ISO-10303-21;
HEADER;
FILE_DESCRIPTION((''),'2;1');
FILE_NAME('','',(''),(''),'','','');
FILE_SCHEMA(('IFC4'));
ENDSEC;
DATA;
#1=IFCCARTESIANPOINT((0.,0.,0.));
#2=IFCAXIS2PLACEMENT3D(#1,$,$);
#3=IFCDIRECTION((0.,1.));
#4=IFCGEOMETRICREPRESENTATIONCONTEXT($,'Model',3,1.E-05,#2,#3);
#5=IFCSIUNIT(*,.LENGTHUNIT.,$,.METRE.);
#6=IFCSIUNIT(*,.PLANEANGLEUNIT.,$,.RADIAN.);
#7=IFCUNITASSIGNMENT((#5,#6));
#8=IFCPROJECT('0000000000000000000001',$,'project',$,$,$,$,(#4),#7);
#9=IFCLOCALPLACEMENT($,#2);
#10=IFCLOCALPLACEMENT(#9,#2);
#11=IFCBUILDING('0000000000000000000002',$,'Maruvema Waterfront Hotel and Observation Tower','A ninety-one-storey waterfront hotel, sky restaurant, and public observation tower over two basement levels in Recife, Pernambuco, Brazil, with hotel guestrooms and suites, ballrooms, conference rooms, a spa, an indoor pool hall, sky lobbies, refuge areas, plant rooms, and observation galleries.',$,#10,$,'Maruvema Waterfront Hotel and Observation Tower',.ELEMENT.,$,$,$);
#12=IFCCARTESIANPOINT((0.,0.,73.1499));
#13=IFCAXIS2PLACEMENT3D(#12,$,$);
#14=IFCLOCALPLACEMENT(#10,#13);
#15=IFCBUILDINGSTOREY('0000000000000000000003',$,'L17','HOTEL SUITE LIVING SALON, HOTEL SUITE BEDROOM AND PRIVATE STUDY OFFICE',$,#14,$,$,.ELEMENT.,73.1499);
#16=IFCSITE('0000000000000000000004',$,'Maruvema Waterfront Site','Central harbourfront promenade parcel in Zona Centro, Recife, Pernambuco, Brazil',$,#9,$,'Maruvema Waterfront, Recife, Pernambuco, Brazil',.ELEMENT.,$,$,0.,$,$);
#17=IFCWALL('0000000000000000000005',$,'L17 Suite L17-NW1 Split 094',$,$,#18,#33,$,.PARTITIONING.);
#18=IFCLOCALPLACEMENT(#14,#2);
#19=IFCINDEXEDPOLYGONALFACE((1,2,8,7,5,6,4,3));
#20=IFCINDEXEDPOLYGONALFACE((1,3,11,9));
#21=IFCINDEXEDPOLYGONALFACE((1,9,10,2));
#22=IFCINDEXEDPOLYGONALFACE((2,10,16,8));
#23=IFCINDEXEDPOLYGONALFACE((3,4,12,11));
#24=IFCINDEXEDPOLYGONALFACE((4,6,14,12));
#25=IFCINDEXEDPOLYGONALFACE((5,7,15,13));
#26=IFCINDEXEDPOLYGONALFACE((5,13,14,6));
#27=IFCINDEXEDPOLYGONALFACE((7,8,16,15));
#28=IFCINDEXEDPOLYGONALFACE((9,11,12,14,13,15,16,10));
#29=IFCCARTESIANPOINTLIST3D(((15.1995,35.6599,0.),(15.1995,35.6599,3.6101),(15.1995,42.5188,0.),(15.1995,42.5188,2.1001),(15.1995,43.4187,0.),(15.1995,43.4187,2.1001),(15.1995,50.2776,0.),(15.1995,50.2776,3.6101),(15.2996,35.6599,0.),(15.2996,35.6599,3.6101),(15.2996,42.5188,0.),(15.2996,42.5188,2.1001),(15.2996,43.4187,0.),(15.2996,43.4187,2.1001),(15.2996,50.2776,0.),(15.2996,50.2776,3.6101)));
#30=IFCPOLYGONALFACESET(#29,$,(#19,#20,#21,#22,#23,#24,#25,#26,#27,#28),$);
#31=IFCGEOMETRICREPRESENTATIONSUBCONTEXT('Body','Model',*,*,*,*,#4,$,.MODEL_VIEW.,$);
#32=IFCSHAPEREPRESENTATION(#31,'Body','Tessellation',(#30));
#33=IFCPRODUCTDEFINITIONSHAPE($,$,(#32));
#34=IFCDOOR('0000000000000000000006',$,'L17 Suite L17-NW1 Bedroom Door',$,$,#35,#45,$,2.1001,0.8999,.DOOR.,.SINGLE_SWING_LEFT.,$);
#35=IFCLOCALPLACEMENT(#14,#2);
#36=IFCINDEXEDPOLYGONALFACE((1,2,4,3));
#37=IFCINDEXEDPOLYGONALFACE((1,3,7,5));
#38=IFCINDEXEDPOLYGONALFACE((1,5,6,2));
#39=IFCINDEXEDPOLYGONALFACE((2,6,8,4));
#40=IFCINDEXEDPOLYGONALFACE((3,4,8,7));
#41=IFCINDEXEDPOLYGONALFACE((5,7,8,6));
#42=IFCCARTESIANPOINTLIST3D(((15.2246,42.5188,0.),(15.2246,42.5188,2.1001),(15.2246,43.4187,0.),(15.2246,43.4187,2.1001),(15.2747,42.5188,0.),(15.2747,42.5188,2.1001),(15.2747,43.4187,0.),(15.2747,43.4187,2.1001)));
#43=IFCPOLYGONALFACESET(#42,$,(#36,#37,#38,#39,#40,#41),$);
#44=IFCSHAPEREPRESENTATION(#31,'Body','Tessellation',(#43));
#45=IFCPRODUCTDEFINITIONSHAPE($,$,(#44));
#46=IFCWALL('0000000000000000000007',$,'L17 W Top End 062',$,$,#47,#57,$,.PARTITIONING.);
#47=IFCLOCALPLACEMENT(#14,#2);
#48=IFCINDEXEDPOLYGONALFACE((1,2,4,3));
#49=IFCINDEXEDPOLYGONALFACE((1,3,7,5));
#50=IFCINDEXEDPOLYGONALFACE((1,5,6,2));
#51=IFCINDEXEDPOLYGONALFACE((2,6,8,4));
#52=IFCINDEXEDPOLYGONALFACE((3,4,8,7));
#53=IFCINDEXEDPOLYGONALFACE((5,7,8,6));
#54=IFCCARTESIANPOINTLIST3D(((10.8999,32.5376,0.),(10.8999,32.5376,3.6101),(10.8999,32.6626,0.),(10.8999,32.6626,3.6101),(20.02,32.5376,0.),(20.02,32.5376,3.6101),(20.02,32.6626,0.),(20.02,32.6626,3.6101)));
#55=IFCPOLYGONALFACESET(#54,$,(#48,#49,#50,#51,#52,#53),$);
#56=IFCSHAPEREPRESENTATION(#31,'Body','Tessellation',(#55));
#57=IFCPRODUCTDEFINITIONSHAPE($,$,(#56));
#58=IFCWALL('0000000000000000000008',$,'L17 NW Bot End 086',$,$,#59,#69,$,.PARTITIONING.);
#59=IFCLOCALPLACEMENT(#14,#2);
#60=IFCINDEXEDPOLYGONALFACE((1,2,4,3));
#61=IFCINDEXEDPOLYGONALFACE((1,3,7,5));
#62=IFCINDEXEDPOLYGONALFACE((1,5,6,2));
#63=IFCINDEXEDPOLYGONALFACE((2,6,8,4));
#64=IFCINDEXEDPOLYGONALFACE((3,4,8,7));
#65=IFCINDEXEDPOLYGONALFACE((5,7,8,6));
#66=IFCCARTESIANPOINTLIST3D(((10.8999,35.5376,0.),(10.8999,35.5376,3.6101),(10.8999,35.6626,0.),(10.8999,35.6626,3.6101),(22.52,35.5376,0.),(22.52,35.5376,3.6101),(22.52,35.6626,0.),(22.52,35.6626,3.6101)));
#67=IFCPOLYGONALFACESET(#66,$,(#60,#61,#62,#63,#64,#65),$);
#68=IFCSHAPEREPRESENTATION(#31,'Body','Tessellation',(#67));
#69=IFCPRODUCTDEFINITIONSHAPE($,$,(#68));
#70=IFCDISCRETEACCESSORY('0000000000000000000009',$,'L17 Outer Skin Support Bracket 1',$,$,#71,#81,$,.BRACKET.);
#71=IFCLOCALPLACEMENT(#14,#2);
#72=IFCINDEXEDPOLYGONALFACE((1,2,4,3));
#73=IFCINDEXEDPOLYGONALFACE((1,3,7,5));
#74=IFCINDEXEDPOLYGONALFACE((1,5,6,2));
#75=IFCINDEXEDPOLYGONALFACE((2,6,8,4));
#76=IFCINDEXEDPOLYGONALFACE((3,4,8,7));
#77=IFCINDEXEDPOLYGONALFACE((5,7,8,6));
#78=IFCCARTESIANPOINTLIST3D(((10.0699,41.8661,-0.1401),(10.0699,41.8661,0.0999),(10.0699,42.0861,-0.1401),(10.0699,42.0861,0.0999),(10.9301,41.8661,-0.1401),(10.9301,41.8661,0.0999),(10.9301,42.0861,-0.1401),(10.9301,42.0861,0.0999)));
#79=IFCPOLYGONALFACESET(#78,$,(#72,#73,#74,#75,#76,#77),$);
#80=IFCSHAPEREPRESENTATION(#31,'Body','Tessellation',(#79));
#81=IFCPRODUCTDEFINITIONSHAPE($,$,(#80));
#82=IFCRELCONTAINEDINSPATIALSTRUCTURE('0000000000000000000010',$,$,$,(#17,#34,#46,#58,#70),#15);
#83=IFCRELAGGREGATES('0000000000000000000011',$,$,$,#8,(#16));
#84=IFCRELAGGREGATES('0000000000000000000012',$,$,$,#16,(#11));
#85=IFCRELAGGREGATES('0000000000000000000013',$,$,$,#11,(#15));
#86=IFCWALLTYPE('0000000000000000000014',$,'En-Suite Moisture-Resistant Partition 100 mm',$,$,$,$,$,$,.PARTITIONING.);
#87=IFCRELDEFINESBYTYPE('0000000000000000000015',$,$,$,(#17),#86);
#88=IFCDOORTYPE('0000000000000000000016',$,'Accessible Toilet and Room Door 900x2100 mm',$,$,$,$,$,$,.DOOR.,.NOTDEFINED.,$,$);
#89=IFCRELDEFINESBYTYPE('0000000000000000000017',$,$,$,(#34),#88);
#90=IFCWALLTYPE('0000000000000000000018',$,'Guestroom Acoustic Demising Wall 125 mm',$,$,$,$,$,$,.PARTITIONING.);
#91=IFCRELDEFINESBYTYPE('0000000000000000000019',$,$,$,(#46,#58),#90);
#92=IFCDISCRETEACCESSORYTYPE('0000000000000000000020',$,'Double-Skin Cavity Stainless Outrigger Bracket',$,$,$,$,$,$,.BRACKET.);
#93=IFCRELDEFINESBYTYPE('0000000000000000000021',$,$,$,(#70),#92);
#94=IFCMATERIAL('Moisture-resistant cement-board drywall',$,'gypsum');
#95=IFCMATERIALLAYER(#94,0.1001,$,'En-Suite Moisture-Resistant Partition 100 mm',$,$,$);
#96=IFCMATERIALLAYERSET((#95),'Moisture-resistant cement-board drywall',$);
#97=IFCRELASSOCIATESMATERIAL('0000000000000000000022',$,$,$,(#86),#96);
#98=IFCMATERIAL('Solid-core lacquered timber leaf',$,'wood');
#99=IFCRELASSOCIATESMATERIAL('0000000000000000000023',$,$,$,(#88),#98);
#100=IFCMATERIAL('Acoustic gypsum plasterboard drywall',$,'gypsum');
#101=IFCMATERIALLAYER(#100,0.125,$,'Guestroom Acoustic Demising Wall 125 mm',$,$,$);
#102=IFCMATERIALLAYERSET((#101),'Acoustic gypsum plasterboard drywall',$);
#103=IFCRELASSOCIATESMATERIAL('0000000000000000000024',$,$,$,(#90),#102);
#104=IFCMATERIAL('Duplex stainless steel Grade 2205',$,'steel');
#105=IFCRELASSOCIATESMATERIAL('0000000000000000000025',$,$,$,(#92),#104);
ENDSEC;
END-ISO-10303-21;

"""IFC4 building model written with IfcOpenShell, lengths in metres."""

from ifc_helpers import new_model, si_unit, direction, frame, frame_2d, origin, origin_2d, place, context, subcontext, project, spatial, rectangle, extrude, material, layer, layer_set, type_object, element, fill, save


model = new_model("IFC4")

# Units and contexts
model_context = context("Model", 3, precision=1e-05, world=origin(), true_north=direction((0.0, 1.0)))
body_context = subcontext(model_context, "Body", "Model", "MODEL_VIEW")
ifc_project = project(units=[si_unit("LENGTHUNIT", "METRE"), si_unit("PLANEANGLEUNIT", "RADIAN")], contexts=[model_context])

# Site, building, storey
site_placement = place(None, origin())
site = spatial("IfcSite", under=ifc_project, at=site_placement, Name="Maruvema Waterfront Site", Description="Central harbourfront promenade parcel in Zona Centro, Recife, Pernambuco, Brazil", LongName="Maruvema Waterfront, Recife, Pernambuco, Brazil", CompositionType="ELEMENT", RefElevation=0.0)
building_placement = place(site_placement, origin())
building = spatial("IfcBuilding", under=site, at=building_placement, Name="Maruvema Waterfront Hotel and Observation Tower", Description="A ninety-one-storey waterfront hotel, sky restaurant, and public observation tower over two basement levels in Recife, Pernambuco, Brazil, with hotel guestrooms and suites, ballrooms, conference rooms, a spa, an indoor pool hall, sky lobbies, refuge areas, plant rooms, and observation galleries.", LongName="Maruvema Waterfront Hotel and Observation Tower", CompositionType="ELEMENT")
storey_placement = place(building_placement, frame((0.0, 0.0, 73.1499)))
storey = spatial("IfcBuildingStorey", under=building, at=storey_placement, Name="L17", Description="HOTEL SUITE LIVING SALON, HOTEL SUITE BEDROOM AND PRIVATE STUDY OFFICE", CompositionType="ELEMENT", Elevation=73.1499)

# Shared definitions
ifc_material_1 = material(Name="Moisture-resistant cement-board drywall", Category="gypsum")
ifc_layer_1 = layer(ifc_material_1, 0.1001, Name="En-Suite Moisture-Resistant Partition 100 mm")
ifc_layer_set_1 = layer_set([ifc_layer_1], Name="Moisture-resistant cement-board drywall")
wall_type_1 = type_object("IfcWallType", Name="En-Suite Moisture-Resistant Partition 100 mm", PredefinedType="PARTITIONING", material=ifc_layer_set_1)

# Wall, opening, door
wall_1_placement = place(storey_placement, frame((15.2495, 35.6599, 0.0), z_axis=(0.0, 0.0, 1.0), x_axis=(0.0, 1.0, 0.0)))
wall_1 = element("IfcWall", 1, at=wall_1_placement, inside=storey, type_object=wall_type_1, Name="L17 Suite L17-NW1 Split 094", PredefinedType="PARTITIONING", context=body_context, shape_type="SweptSolid", body=[
    extrude(rectangle(XDim=14.6177, YDim=0.1001, at=frame_2d((7.3088, 0.0))), origin(), (0.0, 0.0, 1.0), 3.6101),
])
opening_1_placement = place(wall_1_placement, frame((6.8589, 0.0, 0.0)))
opening_1 = element("IfcOpeningElement", 2, at=opening_1_placement, cuts=wall_1, PredefinedType="OPENING", context=body_context, shape_type="SweptSolid", body=[
    extrude(rectangle(XDim=0.8999, YDim=2.1001, at=frame_2d((0.45, 1.05))), frame((0.0, 0.0601, 0.0), z_axis=(0.0, -1.0, 0.0), x_axis=(1.0, 0.0, 0.0)), (0.0, 0.0, 1.0), 0.1201),
])
ifc_material_2 = material(Name="Solid-core lacquered timber leaf", Category="wood")
door_type_1 = type_object("IfcDoorType", Name="Accessible Toilet and Room Door 900x2100 mm", OperationType="NOTDEFINED", PredefinedType="DOOR", material=ifc_material_2)
door_1_placement = place(opening_1_placement, origin())
door_1 = element("IfcDoor", 3, at=door_1_placement, inside=storey, type_object=door_type_1, Name="L17 Suite L17-NW1 Bedroom Door", OperationType="SINGLE_SWING_LEFT", OverallHeight=2.1001, OverallWidth=0.8999, PredefinedType="DOOR", context=body_context, shape_type="SweptSolid", body=[
    extrude(rectangle(XDim=0.8999, YDim=2.1001, at=frame_2d((0.45, 1.05))), frame((0.0, 0.0249, 0.0), z_axis=(0.0, -1.0, 0.0), x_axis=(1.0, 0.0, 0.0)), (0.0, 0.0, 1.0), 0.05),
])
fill(opening_1, door_1)

# Walls
ifc_material_3 = material(Name="Acoustic gypsum plasterboard drywall", Category="gypsum")
ifc_layer_2 = layer(ifc_material_3, 0.125, Name="Guestroom Acoustic Demising Wall 125 mm")
ifc_layer_set_2 = layer_set([ifc_layer_2], Name="Acoustic gypsum plasterboard drywall")
wall_type_2 = type_object("IfcWallType", Name="Guestroom Acoustic Demising Wall 125 mm", PredefinedType="PARTITIONING", material=ifc_layer_set_2)
wall_2_placement = place(storey_placement, frame((10.8999, 32.6001, 0.0), z_axis=(0.0, 0.0, 1.0), x_axis=(1.0, 0.0, 0.0)))
element("IfcWall", 4, at=wall_2_placement, inside=storey, type_object=wall_type_2, Name="L17 W Top End 062", PredefinedType="PARTITIONING", context=body_context, shape_type="SweptSolid", body=[
    extrude(rectangle(XDim=9.1201, YDim=0.125, at=frame_2d((4.5601, 0.0))), origin(), (0.0, 0.0, 1.0), 3.6101),
])
wall_3_placement = place(storey_placement, frame((10.8999, 35.6001, 0.0), z_axis=(0.0, 0.0, 1.0), x_axis=(1.0, 0.0, 0.0)))
element("IfcWall", 5, at=wall_3_placement, inside=storey, type_object=wall_type_2, Name="L17 NW Bot End 086", PredefinedType="PARTITIONING", context=body_context, shape_type="SweptSolid", body=[
    extrude(rectangle(XDim=11.6201, YDim=0.125, at=frame_2d((5.8101, 0.0))), origin(), (0.0, 0.0, 1.0), 3.6101),
])

# Discrete accessory
ifc_material_4 = material(Name="Duplex stainless steel Grade 2205", Category="steel")
discrete_accessory_type = type_object("IfcDiscreteAccessoryType", Name="Double-Skin Cavity Stainless Outrigger Bracket", PredefinedType="BRACKET", material=ifc_material_4)
discrete_accessory_placement = place(storey_placement, frame((10.5, 41.9761, -0.1401), z_axis=(0.0, 0.0, 1.0), x_axis=(0.0, -1.0, 0.0)))
element("IfcDiscreteAccessory", 6, at=discrete_accessory_placement, inside=storey, type_object=discrete_accessory_type, Name="L17 Outer Skin Support Bracket 1", PredefinedType="BRACKET", context=body_context, shape_type="SweptSolid", body=[
    extrude(rectangle(XDim=0.22, YDim=0.8601, at=origin_2d()), origin(), (0.0, 0.0, 1.0), 0.24),
])

save(model, "model.ifc")
